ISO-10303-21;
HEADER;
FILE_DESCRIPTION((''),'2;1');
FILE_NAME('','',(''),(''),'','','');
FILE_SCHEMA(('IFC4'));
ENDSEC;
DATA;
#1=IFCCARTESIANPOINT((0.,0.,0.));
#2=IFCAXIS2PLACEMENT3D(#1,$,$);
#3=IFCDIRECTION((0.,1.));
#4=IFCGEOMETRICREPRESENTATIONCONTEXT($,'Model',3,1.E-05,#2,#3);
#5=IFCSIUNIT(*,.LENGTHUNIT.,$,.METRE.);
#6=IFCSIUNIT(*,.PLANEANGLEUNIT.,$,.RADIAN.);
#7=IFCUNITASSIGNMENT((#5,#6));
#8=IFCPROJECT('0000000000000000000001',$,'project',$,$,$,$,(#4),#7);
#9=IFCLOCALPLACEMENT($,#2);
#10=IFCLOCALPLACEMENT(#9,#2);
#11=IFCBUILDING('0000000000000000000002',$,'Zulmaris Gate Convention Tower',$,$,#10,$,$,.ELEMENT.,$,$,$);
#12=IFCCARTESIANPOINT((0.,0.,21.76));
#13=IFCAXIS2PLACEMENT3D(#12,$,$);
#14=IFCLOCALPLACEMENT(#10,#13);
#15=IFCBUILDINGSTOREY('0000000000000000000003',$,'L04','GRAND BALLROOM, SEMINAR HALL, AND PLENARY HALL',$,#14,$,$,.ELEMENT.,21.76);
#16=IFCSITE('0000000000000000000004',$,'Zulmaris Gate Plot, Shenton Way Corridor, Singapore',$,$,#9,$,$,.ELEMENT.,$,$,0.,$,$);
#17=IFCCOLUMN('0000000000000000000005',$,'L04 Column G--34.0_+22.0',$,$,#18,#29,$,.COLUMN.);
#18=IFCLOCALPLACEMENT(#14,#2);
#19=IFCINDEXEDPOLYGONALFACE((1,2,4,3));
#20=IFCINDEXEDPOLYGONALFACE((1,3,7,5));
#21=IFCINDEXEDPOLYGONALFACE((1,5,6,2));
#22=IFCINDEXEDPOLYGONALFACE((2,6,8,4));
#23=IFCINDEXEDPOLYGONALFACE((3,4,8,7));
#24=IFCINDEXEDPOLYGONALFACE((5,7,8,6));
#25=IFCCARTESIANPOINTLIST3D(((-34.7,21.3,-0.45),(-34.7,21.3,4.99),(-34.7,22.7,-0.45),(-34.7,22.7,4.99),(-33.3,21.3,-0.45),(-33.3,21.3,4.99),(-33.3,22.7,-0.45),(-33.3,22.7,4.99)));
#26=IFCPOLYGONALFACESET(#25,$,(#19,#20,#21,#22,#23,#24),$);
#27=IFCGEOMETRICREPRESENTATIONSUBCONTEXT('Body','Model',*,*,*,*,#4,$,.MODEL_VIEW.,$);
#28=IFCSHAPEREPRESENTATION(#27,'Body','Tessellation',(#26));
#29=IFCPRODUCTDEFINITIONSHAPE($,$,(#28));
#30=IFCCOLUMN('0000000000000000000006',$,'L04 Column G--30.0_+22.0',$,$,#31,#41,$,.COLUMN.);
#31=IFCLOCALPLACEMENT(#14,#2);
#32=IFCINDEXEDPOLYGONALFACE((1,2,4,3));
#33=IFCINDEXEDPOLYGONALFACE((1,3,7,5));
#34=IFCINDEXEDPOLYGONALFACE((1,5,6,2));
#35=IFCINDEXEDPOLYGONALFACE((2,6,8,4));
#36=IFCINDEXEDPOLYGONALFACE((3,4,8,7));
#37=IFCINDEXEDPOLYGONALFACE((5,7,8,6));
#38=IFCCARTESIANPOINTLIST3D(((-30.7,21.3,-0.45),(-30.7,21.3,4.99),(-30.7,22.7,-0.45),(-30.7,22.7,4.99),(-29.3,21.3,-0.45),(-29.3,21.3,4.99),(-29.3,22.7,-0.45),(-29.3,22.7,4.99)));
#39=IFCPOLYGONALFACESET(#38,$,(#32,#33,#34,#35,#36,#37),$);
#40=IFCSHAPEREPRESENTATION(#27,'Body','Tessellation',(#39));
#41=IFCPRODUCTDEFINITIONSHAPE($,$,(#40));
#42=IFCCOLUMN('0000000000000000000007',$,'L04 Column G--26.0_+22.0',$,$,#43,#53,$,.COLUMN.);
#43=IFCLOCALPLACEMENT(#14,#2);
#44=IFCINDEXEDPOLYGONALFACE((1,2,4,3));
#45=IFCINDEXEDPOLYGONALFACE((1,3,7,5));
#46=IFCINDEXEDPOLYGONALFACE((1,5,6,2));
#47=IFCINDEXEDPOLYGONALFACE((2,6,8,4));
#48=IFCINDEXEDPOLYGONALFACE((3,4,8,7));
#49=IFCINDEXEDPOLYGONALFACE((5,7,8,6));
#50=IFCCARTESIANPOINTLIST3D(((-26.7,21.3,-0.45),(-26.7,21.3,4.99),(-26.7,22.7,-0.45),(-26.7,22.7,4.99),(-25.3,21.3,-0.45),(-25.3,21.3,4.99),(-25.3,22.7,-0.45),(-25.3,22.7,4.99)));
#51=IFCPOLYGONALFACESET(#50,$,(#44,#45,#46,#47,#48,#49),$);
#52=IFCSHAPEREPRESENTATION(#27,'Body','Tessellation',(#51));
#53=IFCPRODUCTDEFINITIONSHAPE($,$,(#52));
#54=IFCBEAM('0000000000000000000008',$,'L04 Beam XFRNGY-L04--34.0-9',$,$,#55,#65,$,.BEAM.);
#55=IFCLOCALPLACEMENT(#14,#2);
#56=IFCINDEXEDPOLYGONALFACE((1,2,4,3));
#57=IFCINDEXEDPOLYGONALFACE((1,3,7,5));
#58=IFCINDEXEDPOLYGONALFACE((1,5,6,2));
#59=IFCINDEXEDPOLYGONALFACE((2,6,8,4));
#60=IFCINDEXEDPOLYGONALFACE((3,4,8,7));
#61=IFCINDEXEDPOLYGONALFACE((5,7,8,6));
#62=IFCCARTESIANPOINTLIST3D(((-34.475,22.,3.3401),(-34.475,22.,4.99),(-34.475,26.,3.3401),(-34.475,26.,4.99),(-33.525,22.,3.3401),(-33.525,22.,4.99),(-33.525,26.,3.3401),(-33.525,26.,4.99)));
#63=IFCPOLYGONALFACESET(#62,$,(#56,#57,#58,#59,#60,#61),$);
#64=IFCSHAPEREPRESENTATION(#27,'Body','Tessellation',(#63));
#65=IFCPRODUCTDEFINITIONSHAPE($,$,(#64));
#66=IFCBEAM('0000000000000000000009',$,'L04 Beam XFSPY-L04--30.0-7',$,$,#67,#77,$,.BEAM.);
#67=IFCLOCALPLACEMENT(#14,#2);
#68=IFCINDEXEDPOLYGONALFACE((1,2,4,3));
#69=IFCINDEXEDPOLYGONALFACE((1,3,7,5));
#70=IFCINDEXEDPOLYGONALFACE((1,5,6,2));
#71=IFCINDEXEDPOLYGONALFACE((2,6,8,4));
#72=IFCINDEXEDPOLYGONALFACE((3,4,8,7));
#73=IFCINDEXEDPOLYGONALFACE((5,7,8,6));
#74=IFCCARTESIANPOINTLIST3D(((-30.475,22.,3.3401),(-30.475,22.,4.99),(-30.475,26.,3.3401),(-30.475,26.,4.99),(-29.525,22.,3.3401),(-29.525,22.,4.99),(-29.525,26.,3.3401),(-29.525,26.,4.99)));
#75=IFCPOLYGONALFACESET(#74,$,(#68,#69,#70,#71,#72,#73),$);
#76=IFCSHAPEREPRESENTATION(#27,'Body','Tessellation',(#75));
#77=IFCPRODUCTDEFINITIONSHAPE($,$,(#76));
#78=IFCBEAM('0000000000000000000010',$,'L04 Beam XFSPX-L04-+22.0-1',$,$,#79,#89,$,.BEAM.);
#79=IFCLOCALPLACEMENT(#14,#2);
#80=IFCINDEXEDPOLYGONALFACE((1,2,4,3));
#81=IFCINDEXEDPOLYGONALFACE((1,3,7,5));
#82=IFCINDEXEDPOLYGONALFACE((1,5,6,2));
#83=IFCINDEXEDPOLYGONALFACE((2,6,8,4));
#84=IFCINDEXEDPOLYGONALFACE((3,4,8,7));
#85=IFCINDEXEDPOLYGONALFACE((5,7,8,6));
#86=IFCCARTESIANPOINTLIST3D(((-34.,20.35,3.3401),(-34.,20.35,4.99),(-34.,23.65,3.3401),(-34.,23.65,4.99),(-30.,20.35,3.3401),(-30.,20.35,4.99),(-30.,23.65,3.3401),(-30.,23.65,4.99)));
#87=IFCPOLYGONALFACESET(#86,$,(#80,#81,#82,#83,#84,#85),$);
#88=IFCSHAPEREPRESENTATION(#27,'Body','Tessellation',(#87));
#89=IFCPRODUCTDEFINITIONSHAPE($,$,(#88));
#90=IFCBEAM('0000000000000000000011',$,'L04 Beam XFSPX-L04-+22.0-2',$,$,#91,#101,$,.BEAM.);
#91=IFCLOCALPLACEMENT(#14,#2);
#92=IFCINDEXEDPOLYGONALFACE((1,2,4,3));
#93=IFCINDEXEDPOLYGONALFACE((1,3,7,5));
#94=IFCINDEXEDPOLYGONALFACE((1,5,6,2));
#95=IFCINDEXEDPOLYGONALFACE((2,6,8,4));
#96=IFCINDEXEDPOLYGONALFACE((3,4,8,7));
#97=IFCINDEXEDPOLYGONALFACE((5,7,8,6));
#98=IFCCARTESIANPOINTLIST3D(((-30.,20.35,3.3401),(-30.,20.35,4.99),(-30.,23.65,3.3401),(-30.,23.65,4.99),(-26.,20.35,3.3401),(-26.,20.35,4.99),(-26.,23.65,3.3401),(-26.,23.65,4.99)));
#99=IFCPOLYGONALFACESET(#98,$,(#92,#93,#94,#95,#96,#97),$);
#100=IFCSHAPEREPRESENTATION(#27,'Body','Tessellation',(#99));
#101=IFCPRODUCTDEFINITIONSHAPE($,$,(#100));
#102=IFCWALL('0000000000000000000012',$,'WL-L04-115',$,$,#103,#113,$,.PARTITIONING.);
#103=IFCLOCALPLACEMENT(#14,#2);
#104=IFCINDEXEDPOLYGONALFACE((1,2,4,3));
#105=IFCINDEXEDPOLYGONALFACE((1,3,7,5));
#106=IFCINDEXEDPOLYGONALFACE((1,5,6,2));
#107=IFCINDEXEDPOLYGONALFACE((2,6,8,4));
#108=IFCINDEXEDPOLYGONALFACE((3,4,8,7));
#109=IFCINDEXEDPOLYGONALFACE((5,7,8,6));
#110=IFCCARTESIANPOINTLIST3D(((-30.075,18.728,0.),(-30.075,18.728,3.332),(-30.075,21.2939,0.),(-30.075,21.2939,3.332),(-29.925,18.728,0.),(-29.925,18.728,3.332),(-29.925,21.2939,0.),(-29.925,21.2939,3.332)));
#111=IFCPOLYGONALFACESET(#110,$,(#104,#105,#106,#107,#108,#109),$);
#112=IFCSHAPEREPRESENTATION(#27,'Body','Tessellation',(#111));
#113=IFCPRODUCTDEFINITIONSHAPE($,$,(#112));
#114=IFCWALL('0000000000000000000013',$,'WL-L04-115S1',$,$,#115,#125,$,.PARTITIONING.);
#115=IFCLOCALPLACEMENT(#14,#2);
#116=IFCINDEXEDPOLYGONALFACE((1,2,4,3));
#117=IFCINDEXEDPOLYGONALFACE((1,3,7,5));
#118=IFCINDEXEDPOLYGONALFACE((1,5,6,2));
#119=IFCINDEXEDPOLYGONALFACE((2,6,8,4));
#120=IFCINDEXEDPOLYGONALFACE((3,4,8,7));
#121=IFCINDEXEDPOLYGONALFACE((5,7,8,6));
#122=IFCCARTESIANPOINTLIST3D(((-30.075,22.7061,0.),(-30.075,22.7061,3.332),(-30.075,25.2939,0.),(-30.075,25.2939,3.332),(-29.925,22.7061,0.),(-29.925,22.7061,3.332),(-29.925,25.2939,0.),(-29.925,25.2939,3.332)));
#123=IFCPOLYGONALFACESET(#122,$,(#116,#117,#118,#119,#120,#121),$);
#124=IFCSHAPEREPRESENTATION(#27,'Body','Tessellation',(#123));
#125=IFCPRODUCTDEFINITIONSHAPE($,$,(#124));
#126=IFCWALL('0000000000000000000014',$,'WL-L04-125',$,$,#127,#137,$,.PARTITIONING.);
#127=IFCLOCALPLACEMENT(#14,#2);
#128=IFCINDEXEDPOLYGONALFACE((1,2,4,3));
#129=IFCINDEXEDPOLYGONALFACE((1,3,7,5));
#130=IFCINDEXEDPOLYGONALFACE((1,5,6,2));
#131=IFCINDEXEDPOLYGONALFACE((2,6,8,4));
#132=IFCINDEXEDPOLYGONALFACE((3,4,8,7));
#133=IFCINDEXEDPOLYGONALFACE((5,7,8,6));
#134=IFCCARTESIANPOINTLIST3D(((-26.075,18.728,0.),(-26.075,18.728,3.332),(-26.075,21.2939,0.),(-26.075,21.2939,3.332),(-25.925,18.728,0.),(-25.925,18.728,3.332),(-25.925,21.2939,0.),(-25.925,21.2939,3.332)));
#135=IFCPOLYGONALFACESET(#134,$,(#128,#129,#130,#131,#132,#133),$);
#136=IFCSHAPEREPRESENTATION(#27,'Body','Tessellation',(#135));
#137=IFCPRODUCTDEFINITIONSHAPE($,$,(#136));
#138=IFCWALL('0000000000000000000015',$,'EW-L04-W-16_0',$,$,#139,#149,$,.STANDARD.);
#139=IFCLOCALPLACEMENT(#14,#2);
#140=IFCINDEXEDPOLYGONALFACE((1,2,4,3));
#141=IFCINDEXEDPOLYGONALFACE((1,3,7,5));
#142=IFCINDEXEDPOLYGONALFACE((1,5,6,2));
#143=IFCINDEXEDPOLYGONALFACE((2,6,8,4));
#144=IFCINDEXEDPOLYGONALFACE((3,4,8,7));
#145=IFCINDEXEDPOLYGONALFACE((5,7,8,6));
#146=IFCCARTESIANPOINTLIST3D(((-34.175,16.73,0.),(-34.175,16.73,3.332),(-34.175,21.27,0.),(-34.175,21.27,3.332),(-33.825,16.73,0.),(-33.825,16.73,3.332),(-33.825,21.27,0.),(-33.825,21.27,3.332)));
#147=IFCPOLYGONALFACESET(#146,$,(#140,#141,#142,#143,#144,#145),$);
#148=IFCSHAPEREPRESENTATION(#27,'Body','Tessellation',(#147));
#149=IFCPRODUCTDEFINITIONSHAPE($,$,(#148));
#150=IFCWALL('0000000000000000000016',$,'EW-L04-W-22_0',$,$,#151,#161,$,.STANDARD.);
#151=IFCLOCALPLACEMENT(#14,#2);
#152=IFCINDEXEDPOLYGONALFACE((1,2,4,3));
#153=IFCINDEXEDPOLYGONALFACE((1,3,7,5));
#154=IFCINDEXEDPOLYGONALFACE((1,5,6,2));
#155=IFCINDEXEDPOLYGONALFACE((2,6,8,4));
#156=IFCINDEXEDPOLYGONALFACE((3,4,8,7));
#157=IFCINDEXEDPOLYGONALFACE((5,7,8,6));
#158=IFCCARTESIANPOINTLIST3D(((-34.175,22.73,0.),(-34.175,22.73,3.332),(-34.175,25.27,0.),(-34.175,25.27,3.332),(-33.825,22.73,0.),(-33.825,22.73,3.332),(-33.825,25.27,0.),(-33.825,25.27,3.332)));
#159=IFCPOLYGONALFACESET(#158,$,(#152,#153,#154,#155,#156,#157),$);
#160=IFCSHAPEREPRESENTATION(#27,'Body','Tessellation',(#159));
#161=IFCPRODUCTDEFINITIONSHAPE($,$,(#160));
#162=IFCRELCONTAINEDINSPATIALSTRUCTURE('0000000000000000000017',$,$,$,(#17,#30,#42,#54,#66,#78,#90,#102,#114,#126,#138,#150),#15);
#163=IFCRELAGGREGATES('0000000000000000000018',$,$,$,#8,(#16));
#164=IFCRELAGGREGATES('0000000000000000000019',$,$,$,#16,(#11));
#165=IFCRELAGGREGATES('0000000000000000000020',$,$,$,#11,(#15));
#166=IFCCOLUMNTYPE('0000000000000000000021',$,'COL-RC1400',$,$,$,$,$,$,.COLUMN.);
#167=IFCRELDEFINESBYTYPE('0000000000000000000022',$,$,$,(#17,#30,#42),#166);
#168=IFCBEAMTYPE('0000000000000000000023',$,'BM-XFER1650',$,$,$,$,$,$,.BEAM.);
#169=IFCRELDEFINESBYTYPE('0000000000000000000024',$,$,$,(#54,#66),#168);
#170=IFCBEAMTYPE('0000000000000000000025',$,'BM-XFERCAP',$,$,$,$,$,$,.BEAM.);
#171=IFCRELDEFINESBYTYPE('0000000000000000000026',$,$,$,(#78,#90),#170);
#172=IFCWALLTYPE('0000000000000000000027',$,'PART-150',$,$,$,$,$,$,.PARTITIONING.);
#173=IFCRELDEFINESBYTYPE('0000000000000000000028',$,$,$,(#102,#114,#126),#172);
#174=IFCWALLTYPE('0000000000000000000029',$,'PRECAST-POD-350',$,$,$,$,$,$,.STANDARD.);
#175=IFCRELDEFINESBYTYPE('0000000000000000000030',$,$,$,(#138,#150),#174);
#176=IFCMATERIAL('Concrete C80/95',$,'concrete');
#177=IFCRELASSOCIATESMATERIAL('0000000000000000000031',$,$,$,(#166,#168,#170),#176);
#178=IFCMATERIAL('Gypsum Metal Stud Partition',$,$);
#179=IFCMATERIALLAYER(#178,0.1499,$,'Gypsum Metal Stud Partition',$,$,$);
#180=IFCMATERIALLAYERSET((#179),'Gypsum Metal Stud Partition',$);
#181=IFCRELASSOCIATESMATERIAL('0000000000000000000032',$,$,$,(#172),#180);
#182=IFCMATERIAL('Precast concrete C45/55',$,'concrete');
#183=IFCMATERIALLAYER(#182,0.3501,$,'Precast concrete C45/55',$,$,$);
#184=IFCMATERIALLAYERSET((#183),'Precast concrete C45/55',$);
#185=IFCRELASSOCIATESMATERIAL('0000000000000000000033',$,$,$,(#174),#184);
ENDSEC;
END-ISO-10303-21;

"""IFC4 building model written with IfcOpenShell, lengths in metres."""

from ifc_helpers import new_model, si_unit, direction, frame, frame_2d, origin, origin_2d, place, context, subcontext, project, spatial, rectangle, extrude, material, layer, layer_set, material_profile, profile_set, type_object, element, save


model = new_model("IFC4")

# Units and contexts
model_context = context("Model", 3, precision=1e-05, world=origin(), true_north=direction((0.0, 1.0)))
body_context = subcontext(model_context, "Body", "Model", "MODEL_VIEW")
ifc_project = project(units=[si_unit("LENGTHUNIT", "METRE"), si_unit("PLANEANGLEUNIT", "RADIAN")], contexts=[model_context])

# Site, building, storey
site_placement = place(None, origin())
site = spatial("IfcSite", under=ifc_project, at=site_placement, Name="Zulmaris Gate Plot, Shenton Way Corridor, Singapore", CompositionType="ELEMENT", RefElevation=0.0)
building_placement = place(site_placement, origin())
building = spatial("IfcBuilding", under=site, at=building_placement, Name="Zulmaris Gate Convention Tower", CompositionType="ELEMENT")
storey_placement = place(building_placement, frame((0.0, 0.0, 21.76)))
storey = spatial("IfcBuildingStorey", under=building, at=storey_placement, Name="L04", Description="GRAND BALLROOM, SEMINAR HALL, AND PLENARY HALL", CompositionType="ELEMENT", Elevation=21.76)

# Columns
ifc_material_1 = material(Name="Concrete C80/95", Category="concrete")
ifc_material_profile_1 = material_profile(ifc_material_1, rectangle(XDim=1.3999, YDim=1.3999, at=origin_2d()), Name="RC COL 1400x1400")
ifc_profile_set_1 = profile_set([ifc_material_profile_1], Name="Concrete C80/95")
column_type = type_object("IfcColumnType", Name="COL-RC1400", PredefinedType="COLUMN", material=ifc_profile_set_1)
for number, where, z_axis, x_axis, name in (
    (1, (-34.0, 22.0, -0.45), (0.0, 0.0, 1.0), (1.0, 0.0, 0.0), "L04 Column G--34.0_+22.0"),
    (2, (-30.0, 22.0, -0.45), (0.0, 0.0, 1.0), (1.0, 0.0, 0.0), "L04 Column G--30.0_+22.0"),
    (3, (-26.0, 22.0, -0.45), (0.0, 0.0, 1.0), (1.0, 0.0, 0.0), "L04 Column G--26.0_+22.0"),
):
    element("IfcColumn", number, at=place(storey_placement, frame(where, z_axis=z_axis, x_axis=x_axis)), inside=storey, type_object=column_type, Name=name, PredefinedType="COLUMN", context=body_context, shape_type="SweptSolid", body=[
        extrude(rectangle(XDim=1.3999, YDim=1.3999, at=origin_2d()), origin(), (0.0, 0.0, 1.0), 5.4399),
    ])

# Beams
ifc_material_profile_2 = material_profile(ifc_material_1, rectangle(XDim=0.95, YDim=1.6499, at=origin_2d()), Name="RC TRANSFER 950x1650")
ifc_profile_set_2 = profile_set([ifc_material_profile_2], Name="Concrete C80/95")
beam_type_1 = type_object("IfcBeamType", Name="BM-XFER1650", PredefinedType="BEAM", material=ifc_profile_set_2)
for number, where, z_axis, x_axis, name in (
    (4, (-34.0, 22.0, 4.165), (0.0, 1.0, 0.0), (-1.0, 0.0, 0.0), "L04 Beam XFRNGY-L04--34.0-9"),
    (5, (-30.0, 22.0, 4.165), (0.0, 1.0, 0.0), (-1.0, 0.0, 0.0), "L04 Beam XFSPY-L04--30.0-7"),
):
    element("IfcBeam", number, at=place(storey_placement, frame(where, z_axis=z_axis, x_axis=x_axis)), inside=storey, type_object=beam_type_1, Name=name, PredefinedType="BEAM", context=body_context, shape_type="SweptSolid", body=[
        extrude(rectangle(XDim=0.95, YDim=1.6499, at=origin_2d()), origin(), (0.0, 0.0, 1.0), 4.0),
    ])
ifc_material_profile_3 = material_profile(ifc_material_1, rectangle(XDim=3.3, YDim=1.6499, at=origin_2d()), Name="RC TRANSFER 3300x1650")
ifc_profile_set_3 = profile_set([ifc_material_profile_3], Name="Concrete C80/95")
beam_type_2 = type_object("IfcBeamType", Name="BM-XFERCAP", PredefinedType="BEAM", material=ifc_profile_set_3)
for number, where, z_axis, x_axis, name in (
    (6, (-34.0, 22.0, 4.165), (1.0, 0.0, 0.0), (0.0, 1.0, 0.0), "L04 Beam XFSPX-L04-+22.0-1"),
    (7, (-30.0, 22.0, 4.165), (1.0, 0.0, 0.0), (0.0, 1.0, 0.0), "L04 Beam XFSPX-L04-+22.0-2"),
):
    element("IfcBeam", number, at=place(storey_placement, frame(where, z_axis=z_axis, x_axis=x_axis)), inside=storey, type_object=beam_type_2, Name=name, PredefinedType="BEAM", context=body_context, shape_type="SweptSolid", body=[
        extrude(rectangle(XDim=3.3, YDim=1.6499, at=origin_2d()), origin(), (0.0, 0.0, 1.0), 4.0),
    ])

# Shared definitions
ifc_material_2 = material(Name="Gypsum Metal Stud Partition")
ifc_layer_1 = layer(ifc_material_2, 0.1499, Name="Gypsum Metal Stud Partition")
ifc_layer_set_1 = layer_set([ifc_layer_1], Name="Gypsum Metal Stud Partition")
wall_type_1 = type_object("IfcWallType", Name="PART-150", PredefinedType="PARTITIONING", material=ifc_layer_set_1)

# Walls
wall_1_placement = place(storey_placement, frame((-30.0, 18.728, 0.0), z_axis=(0.0, 0.0, 1.0), x_axis=(0.0, 1.0, 0.0)))
element("IfcWall", 8, at=wall_1_placement, inside=storey, type_object=wall_type_1, Name="WL-L04-115", PredefinedType="PARTITIONING", context=body_context, shape_type="SweptSolid", body=[
    extrude(rectangle(XDim=2.5659, YDim=0.1499, at=frame_2d((1.283, 0.0))), origin(), (0.0, 0.0, 1.0), 3.332),
])
wall_2_placement = place(storey_placement, frame((-30.0, 22.7061, 0.0), z_axis=(0.0, 0.0, 1.0), x_axis=(0.0, 1.0, 0.0)))
element("IfcWall", 9, at=wall_2_placement, inside=storey, type_object=wall_type_1, Name="WL-L04-115S1", PredefinedType="PARTITIONING", context=body_context, shape_type="SweptSolid", body=[
    extrude(rectangle(XDim=2.5879, YDim=0.1499, at=frame_2d((1.2939, 0.0))), origin(), (0.0, 0.0, 1.0), 3.332),
])
wall_3_placement = place(storey_placement, frame((-26.0, 18.728, 0.0), z_axis=(0.0, 0.0, 1.0), x_axis=(0.0, 1.0, 0.0)))
element("IfcWall", 10, at=wall_3_placement, inside=storey, type_object=wall_type_1, Name="WL-L04-125", PredefinedType="PARTITIONING", context=body_context, shape_type="SweptSolid", body=[
    extrude(rectangle(XDim=2.5659, YDim=0.1499, at=frame_2d((1.283, 0.0))), origin(), (0.0, 0.0, 1.0), 3.332),
])
ifc_material_3 = material(Name="Precast concrete C45/55", Category="concrete")
ifc_layer_2 = layer(ifc_material_3, 0.3501, Name="Precast concrete C45/55")
ifc_layer_set_2 = layer_set([ifc_layer_2], Name="Precast concrete C45/55")
wall_type_2 = type_object("IfcWallType", Name="PRECAST-POD-350", PredefinedType="STANDARD", material=ifc_layer_set_2)
wall_4_placement = place(storey_placement, frame((-34.0, 16.73, 0.0), z_axis=(0.0, 0.0, 1.0), x_axis=(0.0, 1.0, 0.0)))
element("IfcWall", 11, at=wall_4_placement, inside=storey, type_object=wall_type_2, Name="EW-L04-W-16_0", PredefinedType="STANDARD", context=body_context, shape_type="SweptSolid", body=[
    extrude(rectangle(XDim=4.54, YDim=0.3501, at=frame_2d((2.27, 0.0))), origin(), (0.0, 0.0, 1.0), 3.332),
])
wall_5_placement = place(storey_placement, frame((-34.0, 22.73, 0.0), z_axis=(0.0, 0.0, 1.0), x_axis=(0.0, 1.0, 0.0)))
element("IfcWall", 12, at=wall_5_placement, inside=storey, type_object=wall_type_2, Name="EW-L04-W-22_0", PredefinedType="STANDARD", context=body_context, shape_type="SweptSolid", body=[
    extrude(rectangle(XDim=2.54, YDim=0.3501, at=frame_2d((1.27, 0.0))), origin(), (0.0, 0.0, 1.0), 3.332),
])

save(model, "model.ifc")
